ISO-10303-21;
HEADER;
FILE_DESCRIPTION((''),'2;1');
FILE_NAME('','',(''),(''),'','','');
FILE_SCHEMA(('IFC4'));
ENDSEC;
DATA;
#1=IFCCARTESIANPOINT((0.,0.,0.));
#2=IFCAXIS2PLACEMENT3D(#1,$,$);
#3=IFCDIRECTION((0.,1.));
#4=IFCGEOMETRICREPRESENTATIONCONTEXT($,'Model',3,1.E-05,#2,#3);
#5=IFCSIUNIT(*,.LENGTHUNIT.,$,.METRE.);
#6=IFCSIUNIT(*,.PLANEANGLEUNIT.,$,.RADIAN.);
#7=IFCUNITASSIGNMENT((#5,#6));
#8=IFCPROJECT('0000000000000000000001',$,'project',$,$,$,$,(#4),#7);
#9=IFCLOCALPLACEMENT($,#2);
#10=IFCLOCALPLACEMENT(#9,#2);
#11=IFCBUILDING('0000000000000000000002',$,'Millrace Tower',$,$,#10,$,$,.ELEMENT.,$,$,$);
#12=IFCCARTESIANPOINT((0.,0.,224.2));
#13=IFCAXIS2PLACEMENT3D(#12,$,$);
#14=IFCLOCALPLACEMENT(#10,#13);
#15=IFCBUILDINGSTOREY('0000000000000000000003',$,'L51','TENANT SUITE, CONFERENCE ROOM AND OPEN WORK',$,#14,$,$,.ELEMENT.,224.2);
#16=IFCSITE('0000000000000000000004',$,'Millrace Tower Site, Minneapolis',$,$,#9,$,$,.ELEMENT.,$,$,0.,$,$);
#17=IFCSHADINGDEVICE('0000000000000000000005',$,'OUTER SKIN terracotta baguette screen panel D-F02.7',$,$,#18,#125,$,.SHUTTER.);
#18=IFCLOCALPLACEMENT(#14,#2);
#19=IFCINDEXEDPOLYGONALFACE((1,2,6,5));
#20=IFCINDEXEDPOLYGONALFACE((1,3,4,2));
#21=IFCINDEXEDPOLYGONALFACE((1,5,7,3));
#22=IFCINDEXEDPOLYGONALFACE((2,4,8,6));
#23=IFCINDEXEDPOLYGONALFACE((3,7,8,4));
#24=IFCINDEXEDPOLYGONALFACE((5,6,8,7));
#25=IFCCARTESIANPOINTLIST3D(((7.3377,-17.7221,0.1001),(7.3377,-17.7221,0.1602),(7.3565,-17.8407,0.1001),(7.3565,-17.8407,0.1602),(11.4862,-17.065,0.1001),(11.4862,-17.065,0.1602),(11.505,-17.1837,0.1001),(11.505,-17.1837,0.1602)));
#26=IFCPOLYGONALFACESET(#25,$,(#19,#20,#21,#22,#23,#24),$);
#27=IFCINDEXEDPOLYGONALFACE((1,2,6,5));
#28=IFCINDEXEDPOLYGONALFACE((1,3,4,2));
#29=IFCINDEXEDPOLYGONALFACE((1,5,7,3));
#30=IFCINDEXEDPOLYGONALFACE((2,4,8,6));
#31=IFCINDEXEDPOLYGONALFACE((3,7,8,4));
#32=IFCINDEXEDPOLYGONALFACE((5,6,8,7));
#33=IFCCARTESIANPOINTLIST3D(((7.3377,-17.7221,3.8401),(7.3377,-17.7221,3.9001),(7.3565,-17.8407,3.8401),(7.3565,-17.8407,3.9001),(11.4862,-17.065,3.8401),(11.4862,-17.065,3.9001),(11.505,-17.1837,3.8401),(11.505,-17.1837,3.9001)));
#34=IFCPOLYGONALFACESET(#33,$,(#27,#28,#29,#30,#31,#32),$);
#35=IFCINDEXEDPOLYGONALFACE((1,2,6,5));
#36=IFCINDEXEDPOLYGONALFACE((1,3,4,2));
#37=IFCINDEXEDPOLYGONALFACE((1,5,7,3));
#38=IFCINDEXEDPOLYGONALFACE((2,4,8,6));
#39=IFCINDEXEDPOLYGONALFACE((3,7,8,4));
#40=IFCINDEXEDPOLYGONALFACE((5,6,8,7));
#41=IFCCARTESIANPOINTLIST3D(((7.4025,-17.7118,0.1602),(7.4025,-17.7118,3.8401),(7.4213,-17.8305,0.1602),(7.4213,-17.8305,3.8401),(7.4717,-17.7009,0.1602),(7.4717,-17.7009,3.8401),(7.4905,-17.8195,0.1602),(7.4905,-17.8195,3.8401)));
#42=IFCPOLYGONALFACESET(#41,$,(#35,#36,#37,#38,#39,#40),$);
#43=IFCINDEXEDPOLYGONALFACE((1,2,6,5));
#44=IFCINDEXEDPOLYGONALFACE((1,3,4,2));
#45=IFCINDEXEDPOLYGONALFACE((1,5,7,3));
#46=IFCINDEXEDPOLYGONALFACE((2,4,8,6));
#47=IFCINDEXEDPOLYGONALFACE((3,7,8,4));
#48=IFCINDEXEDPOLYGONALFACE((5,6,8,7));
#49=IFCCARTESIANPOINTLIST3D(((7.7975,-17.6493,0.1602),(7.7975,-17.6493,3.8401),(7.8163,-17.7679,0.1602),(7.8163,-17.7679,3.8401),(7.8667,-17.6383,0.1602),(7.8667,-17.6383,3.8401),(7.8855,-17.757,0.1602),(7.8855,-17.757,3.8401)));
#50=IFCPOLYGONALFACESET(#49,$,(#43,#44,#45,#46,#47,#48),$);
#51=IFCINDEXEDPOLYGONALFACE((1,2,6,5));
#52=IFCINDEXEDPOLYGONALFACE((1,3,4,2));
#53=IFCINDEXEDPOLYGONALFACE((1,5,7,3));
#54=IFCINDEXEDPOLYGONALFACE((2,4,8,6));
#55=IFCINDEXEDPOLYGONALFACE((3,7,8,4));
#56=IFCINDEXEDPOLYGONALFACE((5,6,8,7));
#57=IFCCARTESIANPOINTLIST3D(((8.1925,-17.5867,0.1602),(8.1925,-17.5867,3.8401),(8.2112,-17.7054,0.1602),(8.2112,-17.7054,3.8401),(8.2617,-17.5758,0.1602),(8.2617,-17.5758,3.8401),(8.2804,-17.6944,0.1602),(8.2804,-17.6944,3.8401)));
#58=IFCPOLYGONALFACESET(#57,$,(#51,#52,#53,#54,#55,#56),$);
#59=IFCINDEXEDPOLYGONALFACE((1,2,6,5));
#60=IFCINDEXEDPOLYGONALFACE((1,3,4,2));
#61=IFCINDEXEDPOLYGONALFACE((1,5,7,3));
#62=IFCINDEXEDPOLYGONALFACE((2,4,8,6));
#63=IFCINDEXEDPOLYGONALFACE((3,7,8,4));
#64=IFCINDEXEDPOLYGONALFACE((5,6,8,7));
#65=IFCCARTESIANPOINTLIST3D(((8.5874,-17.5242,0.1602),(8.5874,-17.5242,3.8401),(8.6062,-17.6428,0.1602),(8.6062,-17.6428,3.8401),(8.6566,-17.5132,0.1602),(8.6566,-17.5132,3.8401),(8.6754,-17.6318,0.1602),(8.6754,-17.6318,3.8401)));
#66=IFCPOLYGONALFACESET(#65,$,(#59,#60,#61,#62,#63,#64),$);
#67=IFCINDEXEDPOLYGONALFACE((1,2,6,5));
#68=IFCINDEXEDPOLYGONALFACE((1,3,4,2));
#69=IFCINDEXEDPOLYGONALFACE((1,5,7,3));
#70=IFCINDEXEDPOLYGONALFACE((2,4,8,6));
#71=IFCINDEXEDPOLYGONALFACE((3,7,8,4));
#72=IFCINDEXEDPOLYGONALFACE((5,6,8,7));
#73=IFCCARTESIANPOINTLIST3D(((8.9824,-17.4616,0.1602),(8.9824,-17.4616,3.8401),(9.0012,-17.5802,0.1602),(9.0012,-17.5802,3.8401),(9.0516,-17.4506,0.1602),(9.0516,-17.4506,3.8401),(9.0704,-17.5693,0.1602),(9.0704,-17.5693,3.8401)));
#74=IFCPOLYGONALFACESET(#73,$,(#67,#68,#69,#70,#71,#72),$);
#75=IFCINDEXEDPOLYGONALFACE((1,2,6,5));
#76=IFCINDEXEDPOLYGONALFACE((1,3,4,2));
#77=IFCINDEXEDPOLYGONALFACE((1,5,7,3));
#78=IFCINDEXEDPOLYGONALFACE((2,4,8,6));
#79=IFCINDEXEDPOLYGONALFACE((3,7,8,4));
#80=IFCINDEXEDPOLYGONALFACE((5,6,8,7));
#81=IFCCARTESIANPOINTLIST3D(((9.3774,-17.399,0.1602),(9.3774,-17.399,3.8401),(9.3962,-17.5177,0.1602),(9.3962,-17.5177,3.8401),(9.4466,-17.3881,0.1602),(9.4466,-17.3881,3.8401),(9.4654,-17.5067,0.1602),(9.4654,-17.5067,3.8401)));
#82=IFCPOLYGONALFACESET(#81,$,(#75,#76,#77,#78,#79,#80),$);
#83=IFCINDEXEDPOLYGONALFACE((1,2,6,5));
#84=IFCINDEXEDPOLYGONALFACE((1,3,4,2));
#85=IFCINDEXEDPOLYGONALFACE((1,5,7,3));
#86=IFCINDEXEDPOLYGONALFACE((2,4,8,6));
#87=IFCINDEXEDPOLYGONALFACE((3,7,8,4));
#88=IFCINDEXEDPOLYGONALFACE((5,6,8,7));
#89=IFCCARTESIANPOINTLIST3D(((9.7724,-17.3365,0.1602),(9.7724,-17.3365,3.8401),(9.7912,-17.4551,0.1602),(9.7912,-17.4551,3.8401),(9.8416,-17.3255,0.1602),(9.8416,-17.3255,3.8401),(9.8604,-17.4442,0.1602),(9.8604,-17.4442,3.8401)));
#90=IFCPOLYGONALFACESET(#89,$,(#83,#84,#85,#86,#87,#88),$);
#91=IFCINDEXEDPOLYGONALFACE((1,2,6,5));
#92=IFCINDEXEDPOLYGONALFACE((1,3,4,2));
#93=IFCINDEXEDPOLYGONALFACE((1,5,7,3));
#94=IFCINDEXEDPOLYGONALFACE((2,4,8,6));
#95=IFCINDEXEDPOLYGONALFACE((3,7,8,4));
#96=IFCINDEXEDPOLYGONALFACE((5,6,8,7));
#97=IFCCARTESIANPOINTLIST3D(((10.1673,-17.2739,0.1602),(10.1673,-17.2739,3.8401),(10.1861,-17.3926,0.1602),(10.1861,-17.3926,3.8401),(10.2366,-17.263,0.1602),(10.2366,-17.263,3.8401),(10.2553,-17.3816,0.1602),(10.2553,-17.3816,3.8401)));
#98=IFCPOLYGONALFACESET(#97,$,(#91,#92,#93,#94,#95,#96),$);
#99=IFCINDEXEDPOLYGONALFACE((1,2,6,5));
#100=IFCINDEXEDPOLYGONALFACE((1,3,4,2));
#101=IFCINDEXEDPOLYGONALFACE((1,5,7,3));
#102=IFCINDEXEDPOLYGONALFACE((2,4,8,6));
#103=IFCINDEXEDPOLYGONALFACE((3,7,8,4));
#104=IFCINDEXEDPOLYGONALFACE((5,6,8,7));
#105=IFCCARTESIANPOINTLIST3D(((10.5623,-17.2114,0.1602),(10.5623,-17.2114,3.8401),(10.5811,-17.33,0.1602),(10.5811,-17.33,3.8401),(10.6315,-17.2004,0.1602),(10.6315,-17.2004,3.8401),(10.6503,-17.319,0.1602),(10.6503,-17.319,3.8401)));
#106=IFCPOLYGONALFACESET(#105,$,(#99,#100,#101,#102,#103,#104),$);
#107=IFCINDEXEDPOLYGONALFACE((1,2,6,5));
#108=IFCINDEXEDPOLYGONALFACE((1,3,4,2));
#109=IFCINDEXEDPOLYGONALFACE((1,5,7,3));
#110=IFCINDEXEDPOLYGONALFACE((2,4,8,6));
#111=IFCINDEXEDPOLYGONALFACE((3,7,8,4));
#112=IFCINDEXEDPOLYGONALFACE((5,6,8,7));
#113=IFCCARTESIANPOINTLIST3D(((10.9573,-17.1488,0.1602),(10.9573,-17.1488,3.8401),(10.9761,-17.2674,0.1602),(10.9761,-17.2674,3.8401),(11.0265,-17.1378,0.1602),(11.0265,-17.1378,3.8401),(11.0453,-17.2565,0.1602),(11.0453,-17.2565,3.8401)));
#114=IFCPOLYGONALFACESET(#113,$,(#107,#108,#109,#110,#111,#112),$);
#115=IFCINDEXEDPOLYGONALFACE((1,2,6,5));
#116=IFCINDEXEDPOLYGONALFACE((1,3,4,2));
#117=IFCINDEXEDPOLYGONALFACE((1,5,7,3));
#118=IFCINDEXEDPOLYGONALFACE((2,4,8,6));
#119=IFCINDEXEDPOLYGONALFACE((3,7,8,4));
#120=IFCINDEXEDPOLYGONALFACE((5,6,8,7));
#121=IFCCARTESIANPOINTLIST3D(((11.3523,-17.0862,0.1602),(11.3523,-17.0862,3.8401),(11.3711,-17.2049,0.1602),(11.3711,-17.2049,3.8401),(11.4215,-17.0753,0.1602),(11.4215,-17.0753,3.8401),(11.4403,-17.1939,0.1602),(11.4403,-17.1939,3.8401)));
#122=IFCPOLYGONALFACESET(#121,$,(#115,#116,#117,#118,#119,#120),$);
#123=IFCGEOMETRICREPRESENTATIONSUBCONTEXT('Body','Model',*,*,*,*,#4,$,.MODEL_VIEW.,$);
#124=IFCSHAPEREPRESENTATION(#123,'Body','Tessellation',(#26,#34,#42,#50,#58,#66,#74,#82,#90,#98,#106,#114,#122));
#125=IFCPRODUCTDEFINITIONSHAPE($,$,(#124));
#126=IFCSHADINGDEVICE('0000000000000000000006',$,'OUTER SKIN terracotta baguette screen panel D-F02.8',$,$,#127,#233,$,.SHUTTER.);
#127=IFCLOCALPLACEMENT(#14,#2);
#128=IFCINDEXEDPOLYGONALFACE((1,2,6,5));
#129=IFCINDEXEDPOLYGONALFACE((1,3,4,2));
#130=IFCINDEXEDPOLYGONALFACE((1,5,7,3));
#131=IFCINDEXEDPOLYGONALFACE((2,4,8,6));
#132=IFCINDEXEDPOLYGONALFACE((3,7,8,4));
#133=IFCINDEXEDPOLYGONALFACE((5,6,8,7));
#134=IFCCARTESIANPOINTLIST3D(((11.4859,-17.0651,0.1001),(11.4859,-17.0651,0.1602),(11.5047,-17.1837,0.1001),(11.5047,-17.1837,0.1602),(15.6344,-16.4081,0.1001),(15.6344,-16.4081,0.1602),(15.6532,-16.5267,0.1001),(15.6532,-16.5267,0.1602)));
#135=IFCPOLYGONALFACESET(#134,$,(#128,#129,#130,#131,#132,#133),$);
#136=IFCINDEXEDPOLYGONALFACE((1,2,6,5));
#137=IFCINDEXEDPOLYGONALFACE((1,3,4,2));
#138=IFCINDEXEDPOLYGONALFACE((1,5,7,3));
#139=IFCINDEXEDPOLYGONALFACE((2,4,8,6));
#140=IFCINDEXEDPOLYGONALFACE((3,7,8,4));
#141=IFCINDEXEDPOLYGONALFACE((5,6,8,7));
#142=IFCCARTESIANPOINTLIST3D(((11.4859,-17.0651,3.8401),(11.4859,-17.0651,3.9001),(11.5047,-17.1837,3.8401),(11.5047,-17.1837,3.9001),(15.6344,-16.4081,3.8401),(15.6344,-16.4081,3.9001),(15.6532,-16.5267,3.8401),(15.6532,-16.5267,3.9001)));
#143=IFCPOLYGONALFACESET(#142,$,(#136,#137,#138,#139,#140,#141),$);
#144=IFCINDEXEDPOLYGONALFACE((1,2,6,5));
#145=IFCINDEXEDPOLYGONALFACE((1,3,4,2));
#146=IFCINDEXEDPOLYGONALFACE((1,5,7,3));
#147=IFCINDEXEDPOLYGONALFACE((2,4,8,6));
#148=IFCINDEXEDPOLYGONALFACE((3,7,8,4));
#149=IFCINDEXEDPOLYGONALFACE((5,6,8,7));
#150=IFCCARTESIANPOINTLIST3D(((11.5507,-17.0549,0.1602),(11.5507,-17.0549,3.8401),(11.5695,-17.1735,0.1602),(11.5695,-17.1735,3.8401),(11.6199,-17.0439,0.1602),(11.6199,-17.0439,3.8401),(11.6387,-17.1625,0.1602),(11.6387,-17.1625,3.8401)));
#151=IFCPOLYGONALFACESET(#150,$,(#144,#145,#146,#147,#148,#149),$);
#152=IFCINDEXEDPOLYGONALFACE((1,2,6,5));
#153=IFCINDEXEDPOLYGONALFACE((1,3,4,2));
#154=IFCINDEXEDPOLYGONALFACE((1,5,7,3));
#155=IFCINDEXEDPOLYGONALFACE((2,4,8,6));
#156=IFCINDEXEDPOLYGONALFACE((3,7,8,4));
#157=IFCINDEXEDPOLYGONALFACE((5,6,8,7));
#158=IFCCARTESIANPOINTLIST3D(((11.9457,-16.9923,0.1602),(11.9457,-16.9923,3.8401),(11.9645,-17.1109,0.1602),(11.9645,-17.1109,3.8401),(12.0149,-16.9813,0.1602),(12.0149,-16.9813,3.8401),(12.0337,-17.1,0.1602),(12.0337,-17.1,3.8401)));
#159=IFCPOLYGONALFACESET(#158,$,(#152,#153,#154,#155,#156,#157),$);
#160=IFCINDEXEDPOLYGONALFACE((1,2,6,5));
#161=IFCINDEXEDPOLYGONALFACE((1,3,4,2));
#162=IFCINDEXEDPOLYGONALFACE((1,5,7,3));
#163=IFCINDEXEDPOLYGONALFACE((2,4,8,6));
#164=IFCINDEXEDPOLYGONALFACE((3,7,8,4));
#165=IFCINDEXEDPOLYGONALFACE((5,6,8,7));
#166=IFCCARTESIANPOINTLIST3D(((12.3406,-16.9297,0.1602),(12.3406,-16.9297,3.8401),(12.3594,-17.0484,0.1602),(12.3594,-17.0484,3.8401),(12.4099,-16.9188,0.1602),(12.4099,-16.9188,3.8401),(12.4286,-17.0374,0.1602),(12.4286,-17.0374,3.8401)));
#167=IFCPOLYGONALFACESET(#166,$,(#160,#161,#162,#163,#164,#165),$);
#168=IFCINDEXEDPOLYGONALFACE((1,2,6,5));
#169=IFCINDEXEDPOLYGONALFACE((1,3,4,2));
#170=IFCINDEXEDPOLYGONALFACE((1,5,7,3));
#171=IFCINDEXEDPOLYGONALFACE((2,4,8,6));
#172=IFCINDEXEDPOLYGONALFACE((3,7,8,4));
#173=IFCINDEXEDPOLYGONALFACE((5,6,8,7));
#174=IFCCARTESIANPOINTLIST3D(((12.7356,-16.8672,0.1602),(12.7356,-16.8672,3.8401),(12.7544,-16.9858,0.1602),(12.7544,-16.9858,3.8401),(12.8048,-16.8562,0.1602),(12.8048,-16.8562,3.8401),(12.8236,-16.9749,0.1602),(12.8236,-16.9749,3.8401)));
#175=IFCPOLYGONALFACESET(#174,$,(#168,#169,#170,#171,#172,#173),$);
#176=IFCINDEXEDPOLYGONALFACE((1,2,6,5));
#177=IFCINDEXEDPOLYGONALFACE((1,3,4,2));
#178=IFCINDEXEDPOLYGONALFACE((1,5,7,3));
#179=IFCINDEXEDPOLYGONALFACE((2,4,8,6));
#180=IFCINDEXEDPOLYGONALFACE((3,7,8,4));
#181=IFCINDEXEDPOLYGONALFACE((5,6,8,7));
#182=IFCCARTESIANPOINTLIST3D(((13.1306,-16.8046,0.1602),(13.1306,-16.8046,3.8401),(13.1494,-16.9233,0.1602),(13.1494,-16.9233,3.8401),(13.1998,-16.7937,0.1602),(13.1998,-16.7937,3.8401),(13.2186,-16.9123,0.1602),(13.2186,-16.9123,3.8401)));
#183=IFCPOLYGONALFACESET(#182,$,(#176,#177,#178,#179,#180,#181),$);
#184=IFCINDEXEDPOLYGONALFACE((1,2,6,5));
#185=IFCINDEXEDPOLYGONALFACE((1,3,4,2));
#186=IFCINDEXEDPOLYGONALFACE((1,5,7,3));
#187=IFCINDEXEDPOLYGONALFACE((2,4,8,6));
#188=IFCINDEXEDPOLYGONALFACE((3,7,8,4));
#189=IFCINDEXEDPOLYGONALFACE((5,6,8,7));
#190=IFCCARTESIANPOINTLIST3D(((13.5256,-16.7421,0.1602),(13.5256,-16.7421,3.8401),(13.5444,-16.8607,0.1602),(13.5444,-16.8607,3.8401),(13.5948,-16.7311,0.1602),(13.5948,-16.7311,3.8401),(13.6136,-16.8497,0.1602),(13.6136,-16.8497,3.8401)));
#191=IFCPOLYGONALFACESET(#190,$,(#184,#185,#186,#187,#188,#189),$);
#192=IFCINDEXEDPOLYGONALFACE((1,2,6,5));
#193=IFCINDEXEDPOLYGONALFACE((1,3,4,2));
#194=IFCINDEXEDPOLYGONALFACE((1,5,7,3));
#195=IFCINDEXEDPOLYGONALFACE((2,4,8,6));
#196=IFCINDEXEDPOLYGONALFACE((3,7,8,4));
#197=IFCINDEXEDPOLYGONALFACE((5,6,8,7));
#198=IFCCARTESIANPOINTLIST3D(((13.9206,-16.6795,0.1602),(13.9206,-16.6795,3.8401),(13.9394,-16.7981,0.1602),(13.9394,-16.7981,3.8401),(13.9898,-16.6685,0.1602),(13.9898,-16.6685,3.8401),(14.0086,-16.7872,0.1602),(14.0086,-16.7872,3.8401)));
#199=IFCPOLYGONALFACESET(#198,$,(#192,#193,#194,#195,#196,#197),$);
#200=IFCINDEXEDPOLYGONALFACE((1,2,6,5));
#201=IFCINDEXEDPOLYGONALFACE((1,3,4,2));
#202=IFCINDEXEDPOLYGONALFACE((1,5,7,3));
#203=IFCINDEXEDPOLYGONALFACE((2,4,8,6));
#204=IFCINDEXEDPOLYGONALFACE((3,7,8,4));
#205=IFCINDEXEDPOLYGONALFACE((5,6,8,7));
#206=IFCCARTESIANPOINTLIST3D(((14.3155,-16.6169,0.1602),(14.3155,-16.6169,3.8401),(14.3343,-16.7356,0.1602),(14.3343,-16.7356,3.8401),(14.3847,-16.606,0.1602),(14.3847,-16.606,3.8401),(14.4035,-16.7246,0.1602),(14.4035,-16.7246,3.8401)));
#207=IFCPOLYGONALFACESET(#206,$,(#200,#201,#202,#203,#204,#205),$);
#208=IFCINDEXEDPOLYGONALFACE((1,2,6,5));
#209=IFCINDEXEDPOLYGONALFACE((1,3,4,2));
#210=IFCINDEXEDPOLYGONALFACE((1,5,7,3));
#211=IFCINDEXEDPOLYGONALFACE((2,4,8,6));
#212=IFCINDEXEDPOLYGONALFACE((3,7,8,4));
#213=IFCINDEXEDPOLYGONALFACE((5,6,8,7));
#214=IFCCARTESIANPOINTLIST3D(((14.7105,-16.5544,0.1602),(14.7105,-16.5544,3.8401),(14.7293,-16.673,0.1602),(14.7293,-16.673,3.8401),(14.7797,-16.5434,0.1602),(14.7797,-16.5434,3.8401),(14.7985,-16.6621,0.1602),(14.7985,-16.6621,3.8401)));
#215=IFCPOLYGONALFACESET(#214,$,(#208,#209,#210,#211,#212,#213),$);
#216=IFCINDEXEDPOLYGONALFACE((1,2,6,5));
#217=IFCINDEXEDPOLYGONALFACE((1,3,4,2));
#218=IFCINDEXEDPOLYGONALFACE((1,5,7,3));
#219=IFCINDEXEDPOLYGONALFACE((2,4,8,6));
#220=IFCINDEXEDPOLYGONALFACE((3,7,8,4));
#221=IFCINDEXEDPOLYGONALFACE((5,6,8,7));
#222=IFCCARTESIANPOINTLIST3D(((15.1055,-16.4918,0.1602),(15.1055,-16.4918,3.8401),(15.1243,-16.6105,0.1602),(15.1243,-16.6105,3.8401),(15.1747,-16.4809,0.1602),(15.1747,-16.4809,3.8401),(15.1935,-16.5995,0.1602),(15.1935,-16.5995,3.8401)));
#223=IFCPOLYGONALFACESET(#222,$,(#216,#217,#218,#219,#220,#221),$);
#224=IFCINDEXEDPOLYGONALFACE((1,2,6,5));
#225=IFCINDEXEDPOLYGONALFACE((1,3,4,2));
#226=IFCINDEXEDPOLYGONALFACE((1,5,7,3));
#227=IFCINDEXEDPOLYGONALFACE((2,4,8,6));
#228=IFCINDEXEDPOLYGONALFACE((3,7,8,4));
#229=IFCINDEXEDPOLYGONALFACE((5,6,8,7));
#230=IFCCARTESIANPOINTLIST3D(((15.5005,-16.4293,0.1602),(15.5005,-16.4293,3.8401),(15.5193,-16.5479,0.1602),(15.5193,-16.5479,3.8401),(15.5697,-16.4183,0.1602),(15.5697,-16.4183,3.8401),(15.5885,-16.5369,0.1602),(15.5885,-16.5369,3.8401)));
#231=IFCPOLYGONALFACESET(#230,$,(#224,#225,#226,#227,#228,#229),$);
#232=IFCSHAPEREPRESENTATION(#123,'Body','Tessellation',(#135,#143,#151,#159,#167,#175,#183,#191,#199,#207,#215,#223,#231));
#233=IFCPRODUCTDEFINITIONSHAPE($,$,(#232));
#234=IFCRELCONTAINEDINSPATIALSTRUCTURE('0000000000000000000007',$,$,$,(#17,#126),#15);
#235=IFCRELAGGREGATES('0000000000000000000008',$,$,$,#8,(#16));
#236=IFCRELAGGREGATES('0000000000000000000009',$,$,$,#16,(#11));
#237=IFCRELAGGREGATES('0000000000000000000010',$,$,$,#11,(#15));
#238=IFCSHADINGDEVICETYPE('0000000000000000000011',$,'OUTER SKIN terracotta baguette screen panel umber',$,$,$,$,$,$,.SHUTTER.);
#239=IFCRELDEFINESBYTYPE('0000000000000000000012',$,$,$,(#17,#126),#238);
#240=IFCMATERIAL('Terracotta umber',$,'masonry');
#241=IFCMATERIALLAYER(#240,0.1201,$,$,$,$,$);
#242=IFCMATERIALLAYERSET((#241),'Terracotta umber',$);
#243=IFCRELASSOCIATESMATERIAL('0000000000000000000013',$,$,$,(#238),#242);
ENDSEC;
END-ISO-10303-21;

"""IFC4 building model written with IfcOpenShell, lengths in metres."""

from ifc_helpers import new_model, entity, si_unit, direction, frame, frame_2d, origin, origin_2d, place, context, subcontext, project, spatial, rectangle, extrude, source, transform, mapped, material, layer, layer_set, type_object, element, save


model = new_model("IFC4")

# Units and contexts
model_context = context("Model", 3, precision=1e-05, world=origin(), true_north=direction((0.0, 1.0)))
body_context = subcontext(model_context, "Body", "Model", "MODEL_VIEW")
ifc_project = project(units=[si_unit("LENGTHUNIT", "METRE"), si_unit("PLANEANGLEUNIT", "RADIAN")], contexts=[model_context])

# Site, building, storey
site_placement = place(None, origin())
site = spatial("IfcSite", under=ifc_project, at=site_placement, Name="Millrace Tower Site, Minneapolis", CompositionType="ELEMENT", RefElevation=0.0)
building_placement = place(site_placement, origin())
building = spatial("IfcBuilding", under=site, at=building_placement, Name="Millrace Tower", CompositionType="ELEMENT")
storey_placement = place(building_placement, frame((0.0, 0.0, 224.2)))
storey = spatial("IfcBuildingStorey", under=building, at=storey_placement, Name="L51", Description="TENANT SUITE, CONFERENCE ROOM AND OPEN WORK", CompositionType="ELEMENT", Elevation=224.2)

# Shading devices
ifc_material_1 = material(Name="Terracotta umber", Category="masonry")
ifc_layer_1 = layer(ifc_material_1, 0.1201)
ifc_layer_set_1 = layer_set([ifc_layer_1], Name="Terracotta umber")
shading_device_type = type_object("IfcShadingDeviceType", Name="OUTER SKIN terracotta baguette screen panel umber", PredefinedType="SHUTTER", material=ifc_layer_set_1)
cartesian_point = entity("IfcCartesianPoint", [-2.1001, 0.0601])
shared_polyline = entity("IfcPolyline", [cartesian_point, entity("IfcCartesianPoint", [2.1001, 0.0601]), entity("IfcCartesianPoint", [2.1001, -0.0601]), entity("IfcCartesianPoint", [-2.1001, -0.0601]), cartesian_point])
shared_shape = source(origin(), body_context, "Body", "SweptSolid", [
    entity("IfcExtrudedAreaSolid", entity("IfcArbitraryClosedProfileDef", "AREA", None, shared_polyline), entity("IfcAxis2Placement3D", entity("IfcCartesianPoint", [0.0, 0.0, 0.0])), entity("IfcDirection", [0.0, 0.0, 1.0]), 0.0601),
    entity("IfcExtrudedAreaSolid", entity("IfcArbitraryClosedProfileDef", "AREA", None, shared_polyline), entity("IfcAxis2Placement3D", entity("IfcCartesianPoint", [0.0, 0.0, 3.74])), entity("IfcDirection", [0.0, 0.0, 1.0]), 0.0601),
    extrude(rectangle(XDim=0.0701, YDim=0.1201, at=frame_2d((-1.9995, 0.0))), frame((0.0, 0.0, 0.0601)), (0.0, 0.0, 1.0), 3.6799),
    extrude(rectangle(XDim=0.0701, YDim=0.1201, at=frame_2d((-1.5996, 0.0))), frame((0.0, 0.0, 0.0601)), (0.0, 0.0, 1.0), 3.6799),
    extrude(rectangle(XDim=0.0701, YDim=0.1201, at=frame_2d((-1.1997, 0.0))), frame((0.0, 0.0, 0.0601)), (0.0, 0.0, 1.0), 3.6799),
    extrude(rectangle(XDim=0.0701, YDim=0.1201, at=frame_2d((-0.7998, 0.0))), frame((0.0, 0.0, 0.0601)), (0.0, 0.0, 1.0), 3.6799),
    extrude(rectangle(XDim=0.0701, YDim=0.1201, at=frame_2d((-0.3999, 0.0))), frame((0.0, 0.0, 0.0601)), (0.0, 0.0, 1.0), 3.6799),
    extrude(rectangle(XDim=0.0701, YDim=0.1201, at=origin_2d()), frame((0.0, 0.0, 0.0601)), (0.0, 0.0, 1.0), 3.6799),
    extrude(rectangle(XDim=0.0701, YDim=0.1201, at=frame_2d((0.3999, 0.0))), frame((0.0, 0.0, 0.0601)), (0.0, 0.0, 1.0), 3.6799),
    extrude(rectangle(XDim=0.0701, YDim=0.1201, at=frame_2d((0.7998, 0.0))), frame((0.0, 0.0, 0.0601)), (0.0, 0.0, 1.0), 3.6799),
    extrude(rectangle(XDim=0.0701, YDim=0.1201, at=frame_2d((1.1997, 0.0))), frame((0.0, 0.0, 0.0601)), (0.0, 0.0, 1.0), 3.6799),
    extrude(rectangle(XDim=0.0701, YDim=0.1201, at=frame_2d((1.5996, 0.0))), frame((0.0, 0.0, 0.0601)), (0.0, 0.0, 1.0), 3.6799),
    extrude(rectangle(XDim=0.0701, YDim=0.1201, at=frame_2d((1.9995, 0.0))), frame((0.0, 0.0, 0.0601)), (0.0, 0.0, 1.0), 3.6799),
])
for number, where, z_axis, x_axis, name in (
    (1, (9.4214, -17.4529, 0.1001), (0.0, 0.0, 1.0), (0.987688, 0.156434, 0.0), "OUTER SKIN terracotta baguette screen panel D-F02.7"),
    (2, (13.5696, -16.7959, 0.1001), (0.0, 0.0, 1.0), (0.987688, 0.156434, 0.0), "OUTER SKIN terracotta baguette screen panel D-F02.8"),
):
    element("IfcShadingDevice", number, at=place(storey_placement, frame(where, z_axis=z_axis, x_axis=x_axis)), inside=storey, type_object=shading_device_type, Name=name, PredefinedType="SHUTTER", context=body_context, shape_type="MappedRepresentation", body=[
        mapped(shared_shape, transform((0.0, 0.0, 0.0), scale=1.0)),
    ])

save(model, "model.ifc")
